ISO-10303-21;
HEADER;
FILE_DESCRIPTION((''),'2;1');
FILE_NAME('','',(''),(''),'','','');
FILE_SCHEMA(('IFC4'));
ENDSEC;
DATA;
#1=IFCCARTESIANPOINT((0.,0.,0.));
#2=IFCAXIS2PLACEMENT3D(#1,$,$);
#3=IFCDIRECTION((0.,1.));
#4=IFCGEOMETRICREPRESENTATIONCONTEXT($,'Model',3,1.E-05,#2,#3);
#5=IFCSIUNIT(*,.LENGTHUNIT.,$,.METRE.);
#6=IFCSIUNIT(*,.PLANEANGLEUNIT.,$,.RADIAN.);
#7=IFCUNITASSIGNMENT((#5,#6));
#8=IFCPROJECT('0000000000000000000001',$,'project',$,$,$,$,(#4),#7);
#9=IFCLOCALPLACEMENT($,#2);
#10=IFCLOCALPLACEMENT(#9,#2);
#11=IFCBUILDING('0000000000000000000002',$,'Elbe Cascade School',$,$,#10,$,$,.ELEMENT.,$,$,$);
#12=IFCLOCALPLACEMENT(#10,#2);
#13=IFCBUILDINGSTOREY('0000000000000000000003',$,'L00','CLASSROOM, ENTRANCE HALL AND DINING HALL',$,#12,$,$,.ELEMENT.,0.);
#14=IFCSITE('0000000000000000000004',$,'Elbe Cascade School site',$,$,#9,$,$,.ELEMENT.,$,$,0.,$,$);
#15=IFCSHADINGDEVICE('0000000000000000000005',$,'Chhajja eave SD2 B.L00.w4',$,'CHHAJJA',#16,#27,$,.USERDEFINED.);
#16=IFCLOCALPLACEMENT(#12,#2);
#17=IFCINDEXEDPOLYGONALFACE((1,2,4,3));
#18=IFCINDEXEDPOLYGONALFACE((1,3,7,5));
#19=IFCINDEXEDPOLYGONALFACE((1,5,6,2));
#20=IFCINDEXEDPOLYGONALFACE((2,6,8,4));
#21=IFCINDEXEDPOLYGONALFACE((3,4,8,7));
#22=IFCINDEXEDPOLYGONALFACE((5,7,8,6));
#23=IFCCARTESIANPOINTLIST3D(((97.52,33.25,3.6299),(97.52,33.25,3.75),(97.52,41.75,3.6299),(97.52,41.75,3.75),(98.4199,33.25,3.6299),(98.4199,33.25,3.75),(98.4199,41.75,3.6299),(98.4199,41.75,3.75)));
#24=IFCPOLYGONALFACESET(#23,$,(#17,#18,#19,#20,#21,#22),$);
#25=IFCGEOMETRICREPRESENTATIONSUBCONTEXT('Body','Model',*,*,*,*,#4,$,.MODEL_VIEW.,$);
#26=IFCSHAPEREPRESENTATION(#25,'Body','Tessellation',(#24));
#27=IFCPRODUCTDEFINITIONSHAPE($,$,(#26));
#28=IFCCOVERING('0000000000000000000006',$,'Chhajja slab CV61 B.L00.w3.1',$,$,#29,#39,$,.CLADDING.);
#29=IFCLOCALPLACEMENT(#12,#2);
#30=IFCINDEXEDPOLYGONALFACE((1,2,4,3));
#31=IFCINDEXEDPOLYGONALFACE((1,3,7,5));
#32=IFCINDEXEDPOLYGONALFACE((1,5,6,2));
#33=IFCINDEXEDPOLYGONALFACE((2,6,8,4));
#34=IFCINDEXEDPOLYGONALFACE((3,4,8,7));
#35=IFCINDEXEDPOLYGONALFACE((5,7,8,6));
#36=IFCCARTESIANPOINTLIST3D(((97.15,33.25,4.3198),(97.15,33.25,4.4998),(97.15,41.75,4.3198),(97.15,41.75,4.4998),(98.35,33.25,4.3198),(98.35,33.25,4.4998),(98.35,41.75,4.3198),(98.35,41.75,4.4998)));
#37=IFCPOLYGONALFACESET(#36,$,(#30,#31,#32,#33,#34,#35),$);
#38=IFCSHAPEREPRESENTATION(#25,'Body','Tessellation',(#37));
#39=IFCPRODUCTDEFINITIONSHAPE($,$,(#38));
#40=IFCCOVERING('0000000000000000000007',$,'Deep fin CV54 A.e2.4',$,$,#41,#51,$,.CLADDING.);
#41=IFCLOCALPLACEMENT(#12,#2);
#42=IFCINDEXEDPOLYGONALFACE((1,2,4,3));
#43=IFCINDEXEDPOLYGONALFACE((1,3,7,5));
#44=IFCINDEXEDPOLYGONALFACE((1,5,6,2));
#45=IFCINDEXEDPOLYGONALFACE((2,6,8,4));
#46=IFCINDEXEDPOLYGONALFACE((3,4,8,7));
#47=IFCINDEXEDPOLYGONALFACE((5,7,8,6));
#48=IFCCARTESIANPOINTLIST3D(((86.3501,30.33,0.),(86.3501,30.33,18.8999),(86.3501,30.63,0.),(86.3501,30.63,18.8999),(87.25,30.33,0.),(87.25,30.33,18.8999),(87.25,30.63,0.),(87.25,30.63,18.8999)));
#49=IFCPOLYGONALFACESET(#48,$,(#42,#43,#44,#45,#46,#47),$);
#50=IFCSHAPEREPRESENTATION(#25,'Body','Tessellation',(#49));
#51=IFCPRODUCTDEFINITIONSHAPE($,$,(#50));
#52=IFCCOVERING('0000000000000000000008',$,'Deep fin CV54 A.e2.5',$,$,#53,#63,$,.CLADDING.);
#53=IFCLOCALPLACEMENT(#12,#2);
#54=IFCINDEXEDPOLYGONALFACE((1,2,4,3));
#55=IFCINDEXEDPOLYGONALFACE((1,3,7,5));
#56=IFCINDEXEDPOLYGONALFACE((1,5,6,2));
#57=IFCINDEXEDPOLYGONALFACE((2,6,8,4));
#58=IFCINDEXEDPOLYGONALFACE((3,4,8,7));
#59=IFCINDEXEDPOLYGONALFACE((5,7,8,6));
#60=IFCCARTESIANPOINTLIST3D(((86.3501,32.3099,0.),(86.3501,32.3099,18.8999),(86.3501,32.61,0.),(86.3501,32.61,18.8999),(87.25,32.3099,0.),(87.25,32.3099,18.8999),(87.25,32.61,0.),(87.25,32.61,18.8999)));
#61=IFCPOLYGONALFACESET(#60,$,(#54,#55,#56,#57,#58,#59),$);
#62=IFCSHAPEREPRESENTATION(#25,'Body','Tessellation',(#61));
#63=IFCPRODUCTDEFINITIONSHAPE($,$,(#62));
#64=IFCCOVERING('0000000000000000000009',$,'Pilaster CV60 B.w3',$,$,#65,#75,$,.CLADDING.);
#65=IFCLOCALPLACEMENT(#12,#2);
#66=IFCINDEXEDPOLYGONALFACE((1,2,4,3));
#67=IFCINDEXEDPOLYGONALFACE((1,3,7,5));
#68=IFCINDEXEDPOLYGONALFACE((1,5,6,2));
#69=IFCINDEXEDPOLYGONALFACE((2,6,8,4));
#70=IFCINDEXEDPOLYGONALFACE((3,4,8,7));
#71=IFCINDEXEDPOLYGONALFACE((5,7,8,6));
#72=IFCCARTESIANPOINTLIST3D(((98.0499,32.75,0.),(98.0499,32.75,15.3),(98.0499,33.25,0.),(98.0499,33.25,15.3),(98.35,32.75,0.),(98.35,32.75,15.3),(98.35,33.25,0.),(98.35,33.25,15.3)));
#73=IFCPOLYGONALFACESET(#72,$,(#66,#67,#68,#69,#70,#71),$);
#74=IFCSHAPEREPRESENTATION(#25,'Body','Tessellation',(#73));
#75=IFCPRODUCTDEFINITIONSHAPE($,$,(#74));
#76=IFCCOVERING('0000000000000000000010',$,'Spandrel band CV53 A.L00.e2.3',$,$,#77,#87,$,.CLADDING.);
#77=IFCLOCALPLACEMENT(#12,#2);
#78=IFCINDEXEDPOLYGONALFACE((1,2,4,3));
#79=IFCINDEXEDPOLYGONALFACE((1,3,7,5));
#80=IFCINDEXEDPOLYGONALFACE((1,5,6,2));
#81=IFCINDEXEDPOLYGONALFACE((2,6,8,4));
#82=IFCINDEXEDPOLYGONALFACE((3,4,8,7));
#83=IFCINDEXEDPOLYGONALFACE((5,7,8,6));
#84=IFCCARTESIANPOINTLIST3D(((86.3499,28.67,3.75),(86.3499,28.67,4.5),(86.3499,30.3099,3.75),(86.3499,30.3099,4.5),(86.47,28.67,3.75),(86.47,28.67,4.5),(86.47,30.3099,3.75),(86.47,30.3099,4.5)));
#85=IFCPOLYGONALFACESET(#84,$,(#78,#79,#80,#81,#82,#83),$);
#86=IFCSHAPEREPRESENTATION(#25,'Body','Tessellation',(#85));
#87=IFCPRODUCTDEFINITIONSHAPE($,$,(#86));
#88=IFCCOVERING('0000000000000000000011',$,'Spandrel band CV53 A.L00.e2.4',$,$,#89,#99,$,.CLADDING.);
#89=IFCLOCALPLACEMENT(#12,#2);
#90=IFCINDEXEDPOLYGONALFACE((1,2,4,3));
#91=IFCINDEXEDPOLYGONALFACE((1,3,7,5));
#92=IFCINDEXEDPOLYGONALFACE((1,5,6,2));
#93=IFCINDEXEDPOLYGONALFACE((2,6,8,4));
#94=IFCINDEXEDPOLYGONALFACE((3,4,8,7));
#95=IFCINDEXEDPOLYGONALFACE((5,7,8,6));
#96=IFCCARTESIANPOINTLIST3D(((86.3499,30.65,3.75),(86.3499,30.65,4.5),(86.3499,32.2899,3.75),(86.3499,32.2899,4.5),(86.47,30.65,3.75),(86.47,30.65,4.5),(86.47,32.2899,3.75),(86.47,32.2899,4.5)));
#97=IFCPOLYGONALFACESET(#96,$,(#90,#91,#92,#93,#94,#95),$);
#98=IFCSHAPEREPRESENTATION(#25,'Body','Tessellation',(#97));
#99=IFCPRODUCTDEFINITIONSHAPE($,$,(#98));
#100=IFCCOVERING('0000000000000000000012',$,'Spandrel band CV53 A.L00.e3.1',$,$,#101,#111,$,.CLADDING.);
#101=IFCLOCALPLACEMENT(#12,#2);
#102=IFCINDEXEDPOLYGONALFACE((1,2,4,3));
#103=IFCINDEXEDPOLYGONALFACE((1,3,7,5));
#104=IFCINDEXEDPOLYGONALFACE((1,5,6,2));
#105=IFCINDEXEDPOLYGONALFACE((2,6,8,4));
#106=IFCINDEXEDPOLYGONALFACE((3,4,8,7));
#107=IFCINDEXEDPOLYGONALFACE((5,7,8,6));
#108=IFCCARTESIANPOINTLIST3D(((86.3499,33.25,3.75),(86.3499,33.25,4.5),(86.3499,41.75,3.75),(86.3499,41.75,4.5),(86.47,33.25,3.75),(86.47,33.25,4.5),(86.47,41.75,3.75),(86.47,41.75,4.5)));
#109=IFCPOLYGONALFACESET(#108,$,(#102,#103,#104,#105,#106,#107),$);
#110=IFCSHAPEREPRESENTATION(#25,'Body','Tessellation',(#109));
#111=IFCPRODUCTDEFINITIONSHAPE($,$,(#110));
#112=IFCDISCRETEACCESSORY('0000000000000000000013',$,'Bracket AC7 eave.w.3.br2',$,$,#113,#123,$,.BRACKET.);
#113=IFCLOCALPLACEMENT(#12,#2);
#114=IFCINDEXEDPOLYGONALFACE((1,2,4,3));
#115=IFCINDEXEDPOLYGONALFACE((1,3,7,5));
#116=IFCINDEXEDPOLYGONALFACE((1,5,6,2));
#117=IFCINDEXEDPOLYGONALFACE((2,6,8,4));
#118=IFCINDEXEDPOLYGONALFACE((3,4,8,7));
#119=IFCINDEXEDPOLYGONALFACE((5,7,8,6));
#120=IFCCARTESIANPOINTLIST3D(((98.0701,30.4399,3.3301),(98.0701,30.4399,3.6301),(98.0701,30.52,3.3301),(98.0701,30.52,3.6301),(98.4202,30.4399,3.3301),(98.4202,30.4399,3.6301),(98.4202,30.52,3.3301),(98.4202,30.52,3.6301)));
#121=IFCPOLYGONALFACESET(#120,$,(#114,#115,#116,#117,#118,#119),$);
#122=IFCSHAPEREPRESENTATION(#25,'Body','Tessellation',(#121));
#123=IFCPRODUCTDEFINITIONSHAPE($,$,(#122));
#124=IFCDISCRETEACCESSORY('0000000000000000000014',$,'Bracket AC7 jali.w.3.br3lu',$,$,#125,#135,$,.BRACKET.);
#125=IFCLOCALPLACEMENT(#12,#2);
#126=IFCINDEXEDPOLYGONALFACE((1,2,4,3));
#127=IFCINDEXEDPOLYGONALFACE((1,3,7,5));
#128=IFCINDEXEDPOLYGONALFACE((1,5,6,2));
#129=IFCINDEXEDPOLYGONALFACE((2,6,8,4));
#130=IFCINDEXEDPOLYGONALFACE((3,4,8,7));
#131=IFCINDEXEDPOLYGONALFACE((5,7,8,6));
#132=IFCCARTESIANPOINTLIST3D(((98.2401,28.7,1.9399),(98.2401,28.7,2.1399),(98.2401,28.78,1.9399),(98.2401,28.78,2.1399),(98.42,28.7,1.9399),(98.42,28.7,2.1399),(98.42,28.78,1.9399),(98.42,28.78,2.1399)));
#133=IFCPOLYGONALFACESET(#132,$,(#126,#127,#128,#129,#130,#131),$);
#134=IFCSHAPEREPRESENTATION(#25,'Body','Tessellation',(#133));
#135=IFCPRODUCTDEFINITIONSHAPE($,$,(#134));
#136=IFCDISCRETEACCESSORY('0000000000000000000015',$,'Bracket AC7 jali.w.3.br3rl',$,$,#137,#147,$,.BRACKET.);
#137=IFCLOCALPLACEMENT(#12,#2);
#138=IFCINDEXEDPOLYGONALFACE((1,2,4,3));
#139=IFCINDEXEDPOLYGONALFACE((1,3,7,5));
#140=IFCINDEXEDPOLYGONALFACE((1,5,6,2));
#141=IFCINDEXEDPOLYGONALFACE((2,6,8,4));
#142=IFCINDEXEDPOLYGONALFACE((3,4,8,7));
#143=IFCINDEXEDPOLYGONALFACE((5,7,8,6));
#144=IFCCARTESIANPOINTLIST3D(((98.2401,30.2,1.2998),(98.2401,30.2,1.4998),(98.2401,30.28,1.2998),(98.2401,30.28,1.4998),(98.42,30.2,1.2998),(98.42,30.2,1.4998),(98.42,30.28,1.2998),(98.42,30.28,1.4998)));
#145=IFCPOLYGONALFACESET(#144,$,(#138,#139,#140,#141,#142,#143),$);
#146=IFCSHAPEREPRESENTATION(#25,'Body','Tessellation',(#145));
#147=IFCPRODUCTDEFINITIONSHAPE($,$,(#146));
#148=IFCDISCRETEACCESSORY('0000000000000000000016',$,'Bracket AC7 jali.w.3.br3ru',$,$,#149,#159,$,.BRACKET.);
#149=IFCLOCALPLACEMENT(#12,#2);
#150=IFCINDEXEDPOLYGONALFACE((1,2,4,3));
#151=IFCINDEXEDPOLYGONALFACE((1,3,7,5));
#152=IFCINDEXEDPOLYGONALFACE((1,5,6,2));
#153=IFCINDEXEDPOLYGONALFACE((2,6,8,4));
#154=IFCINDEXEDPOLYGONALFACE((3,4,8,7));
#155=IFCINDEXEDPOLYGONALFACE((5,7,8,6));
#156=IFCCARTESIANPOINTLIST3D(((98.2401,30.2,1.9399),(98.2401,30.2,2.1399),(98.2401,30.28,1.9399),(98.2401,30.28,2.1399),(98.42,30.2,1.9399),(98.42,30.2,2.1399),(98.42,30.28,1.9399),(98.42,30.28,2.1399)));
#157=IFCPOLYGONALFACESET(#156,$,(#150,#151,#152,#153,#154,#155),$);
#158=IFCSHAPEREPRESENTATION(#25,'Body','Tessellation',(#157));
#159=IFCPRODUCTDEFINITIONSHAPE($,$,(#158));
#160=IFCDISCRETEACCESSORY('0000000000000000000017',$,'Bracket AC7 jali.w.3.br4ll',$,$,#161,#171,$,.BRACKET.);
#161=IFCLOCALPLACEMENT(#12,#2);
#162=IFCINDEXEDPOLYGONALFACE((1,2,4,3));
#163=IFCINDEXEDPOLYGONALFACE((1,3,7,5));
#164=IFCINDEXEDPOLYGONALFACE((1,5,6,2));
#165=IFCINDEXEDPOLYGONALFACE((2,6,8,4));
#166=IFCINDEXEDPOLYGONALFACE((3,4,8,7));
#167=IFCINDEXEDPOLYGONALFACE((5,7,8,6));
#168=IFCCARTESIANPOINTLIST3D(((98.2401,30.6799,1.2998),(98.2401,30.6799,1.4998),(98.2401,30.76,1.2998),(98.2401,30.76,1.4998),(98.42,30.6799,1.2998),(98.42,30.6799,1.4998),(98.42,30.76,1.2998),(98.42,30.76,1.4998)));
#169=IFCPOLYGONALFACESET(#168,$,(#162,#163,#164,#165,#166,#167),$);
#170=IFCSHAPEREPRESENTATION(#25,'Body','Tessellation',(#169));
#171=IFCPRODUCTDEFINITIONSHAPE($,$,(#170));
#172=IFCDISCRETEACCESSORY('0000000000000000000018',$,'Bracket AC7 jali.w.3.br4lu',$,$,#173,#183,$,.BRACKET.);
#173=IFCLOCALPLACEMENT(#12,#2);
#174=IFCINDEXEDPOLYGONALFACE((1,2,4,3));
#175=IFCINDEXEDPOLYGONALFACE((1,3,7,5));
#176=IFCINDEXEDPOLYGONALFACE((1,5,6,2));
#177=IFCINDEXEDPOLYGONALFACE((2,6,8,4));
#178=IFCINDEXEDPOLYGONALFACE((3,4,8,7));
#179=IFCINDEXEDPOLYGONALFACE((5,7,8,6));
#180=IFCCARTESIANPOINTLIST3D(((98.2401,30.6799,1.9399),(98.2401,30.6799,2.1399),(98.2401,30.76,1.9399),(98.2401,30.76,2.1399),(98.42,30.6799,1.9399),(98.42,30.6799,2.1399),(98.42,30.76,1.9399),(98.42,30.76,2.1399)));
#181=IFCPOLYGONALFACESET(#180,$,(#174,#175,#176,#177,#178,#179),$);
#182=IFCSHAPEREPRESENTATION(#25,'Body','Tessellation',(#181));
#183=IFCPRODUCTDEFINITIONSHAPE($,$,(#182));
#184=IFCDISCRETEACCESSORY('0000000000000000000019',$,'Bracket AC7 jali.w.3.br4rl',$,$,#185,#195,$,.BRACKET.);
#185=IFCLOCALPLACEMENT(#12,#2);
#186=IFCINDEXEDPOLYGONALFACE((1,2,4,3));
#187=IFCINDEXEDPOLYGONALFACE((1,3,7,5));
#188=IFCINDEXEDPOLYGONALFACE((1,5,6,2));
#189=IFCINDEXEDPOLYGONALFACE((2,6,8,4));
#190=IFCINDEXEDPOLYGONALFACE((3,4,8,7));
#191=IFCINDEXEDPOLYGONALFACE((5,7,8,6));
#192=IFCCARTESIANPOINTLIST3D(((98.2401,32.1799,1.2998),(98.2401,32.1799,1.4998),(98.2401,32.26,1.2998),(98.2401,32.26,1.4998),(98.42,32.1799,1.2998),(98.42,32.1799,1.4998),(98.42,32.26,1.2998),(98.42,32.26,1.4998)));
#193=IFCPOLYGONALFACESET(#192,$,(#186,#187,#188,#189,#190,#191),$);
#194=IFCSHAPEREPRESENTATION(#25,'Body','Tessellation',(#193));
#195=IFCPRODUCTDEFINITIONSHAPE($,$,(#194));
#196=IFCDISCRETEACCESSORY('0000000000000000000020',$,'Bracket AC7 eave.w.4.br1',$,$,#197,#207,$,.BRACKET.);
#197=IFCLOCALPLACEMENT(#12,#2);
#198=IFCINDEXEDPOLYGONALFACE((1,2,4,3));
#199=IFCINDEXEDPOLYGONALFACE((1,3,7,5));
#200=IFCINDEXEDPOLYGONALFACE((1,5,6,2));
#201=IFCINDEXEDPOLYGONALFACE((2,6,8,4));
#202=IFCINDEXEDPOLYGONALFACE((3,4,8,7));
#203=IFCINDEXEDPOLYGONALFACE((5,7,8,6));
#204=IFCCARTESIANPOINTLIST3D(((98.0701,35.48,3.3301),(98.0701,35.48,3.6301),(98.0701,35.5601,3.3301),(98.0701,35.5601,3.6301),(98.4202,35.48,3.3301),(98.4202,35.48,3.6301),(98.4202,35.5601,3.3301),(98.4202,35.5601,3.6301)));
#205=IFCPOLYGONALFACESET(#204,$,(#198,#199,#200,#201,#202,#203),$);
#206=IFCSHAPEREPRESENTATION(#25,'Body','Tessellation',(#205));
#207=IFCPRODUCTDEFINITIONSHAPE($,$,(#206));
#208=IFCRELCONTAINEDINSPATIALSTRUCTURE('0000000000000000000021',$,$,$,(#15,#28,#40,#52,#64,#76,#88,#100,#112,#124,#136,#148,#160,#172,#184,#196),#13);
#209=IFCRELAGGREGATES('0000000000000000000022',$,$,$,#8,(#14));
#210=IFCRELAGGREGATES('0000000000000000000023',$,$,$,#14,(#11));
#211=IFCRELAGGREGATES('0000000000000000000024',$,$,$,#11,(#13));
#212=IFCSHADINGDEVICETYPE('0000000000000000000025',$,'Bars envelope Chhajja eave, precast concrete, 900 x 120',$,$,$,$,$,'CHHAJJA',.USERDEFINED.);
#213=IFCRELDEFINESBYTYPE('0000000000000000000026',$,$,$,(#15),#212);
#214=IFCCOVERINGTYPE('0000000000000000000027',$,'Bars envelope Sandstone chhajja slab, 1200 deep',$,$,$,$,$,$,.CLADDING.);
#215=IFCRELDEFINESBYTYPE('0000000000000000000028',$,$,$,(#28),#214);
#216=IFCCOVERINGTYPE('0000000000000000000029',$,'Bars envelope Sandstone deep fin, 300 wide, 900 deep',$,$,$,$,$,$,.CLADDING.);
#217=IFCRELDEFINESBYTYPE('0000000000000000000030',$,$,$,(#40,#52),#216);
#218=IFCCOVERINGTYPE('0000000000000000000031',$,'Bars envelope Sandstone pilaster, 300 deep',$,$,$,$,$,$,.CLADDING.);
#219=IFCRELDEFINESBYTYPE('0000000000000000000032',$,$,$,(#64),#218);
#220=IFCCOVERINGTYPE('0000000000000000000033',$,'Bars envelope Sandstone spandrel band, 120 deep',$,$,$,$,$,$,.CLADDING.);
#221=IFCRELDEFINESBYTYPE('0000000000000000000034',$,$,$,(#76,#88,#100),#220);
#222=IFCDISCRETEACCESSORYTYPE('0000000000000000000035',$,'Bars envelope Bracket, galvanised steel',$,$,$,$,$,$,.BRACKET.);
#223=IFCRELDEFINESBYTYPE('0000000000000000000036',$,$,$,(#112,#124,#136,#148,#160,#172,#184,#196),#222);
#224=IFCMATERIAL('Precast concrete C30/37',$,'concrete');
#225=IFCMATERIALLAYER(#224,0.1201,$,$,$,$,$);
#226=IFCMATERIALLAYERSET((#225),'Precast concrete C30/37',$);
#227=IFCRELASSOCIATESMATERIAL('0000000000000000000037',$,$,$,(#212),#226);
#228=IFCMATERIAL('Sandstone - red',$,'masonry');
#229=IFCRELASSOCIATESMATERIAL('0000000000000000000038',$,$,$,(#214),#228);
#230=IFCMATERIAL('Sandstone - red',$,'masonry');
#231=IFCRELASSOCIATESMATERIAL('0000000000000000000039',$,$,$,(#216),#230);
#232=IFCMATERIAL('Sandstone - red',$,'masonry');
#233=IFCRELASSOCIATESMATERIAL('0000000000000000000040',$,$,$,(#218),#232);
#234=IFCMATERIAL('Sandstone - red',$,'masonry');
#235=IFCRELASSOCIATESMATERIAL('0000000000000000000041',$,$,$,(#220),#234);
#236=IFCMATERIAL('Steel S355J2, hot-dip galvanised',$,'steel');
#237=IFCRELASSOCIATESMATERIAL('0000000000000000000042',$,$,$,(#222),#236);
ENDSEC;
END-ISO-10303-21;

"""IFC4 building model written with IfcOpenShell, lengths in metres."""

from ifc_helpers import new_model, si_unit, direction, frame, origin, origin_2d, place, context, subcontext, project, spatial, rectangle, extrude, material, layer, layer_set, type_object, element, save


model = new_model("IFC4")

# Units and contexts
model_context = context("Model", 3, precision=1e-05, world=origin(), true_north=direction((0.0, 1.0)))
body_context = subcontext(model_context, "Body", "Model", "MODEL_VIEW")
ifc_project = project(units=[si_unit("LENGTHUNIT", "METRE"), si_unit("PLANEANGLEUNIT", "RADIAN")], contexts=[model_context])

# Site, building, storey
site_placement = place(None, origin())
site = spatial("IfcSite", under=ifc_project, at=site_placement, Name="Elbe Cascade School site", CompositionType="ELEMENT", RefElevation=0.0)
building_placement = place(site_placement, origin())
building = spatial("IfcBuilding", under=site, at=building_placement, Name="Elbe Cascade School", CompositionType="ELEMENT")
storey_placement = place(building_placement, origin())
storey = spatial("IfcBuildingStorey", under=building, at=storey_placement, Name="L00", Description="CLASSROOM, ENTRANCE HALL AND DINING HALL", CompositionType="ELEMENT", Elevation=0.0)

# Shading device
ifc_material_1 = material(Name="Precast concrete C30/37", Category="concrete")
ifc_layer_1 = layer(ifc_material_1, 0.1201)
ifc_layer_set_1 = layer_set([ifc_layer_1], Name="Precast concrete C30/37")
shading_device_type_1 = type_object("IfcShadingDeviceType", Name="Bars envelope Chhajja eave, precast concrete, 900 x 120", ElementType="CHHAJJA", PredefinedType="USERDEFINED", material=ifc_layer_set_1)
shading_device_1_placement = place(storey_placement, frame((97.97, 37.5, 3.6299), z_axis=(0.0, 0.0, 1.0), x_axis=(0.0, 1.0, 0.0)))
element("IfcShadingDevice", 1, at=shading_device_1_placement, inside=storey, type_object=shading_device_type_1, Name="Chhajja eave SD2 B.L00.w4", ObjectType="CHHAJJA", PredefinedType="USERDEFINED", context=body_context, shape_type="SweptSolid", body=[
    extrude(rectangle(XDim=8.5, YDim=0.8999, at=origin_2d()), origin(), (0.0, 0.0, 1.0), 0.1201),
])

# Coverings
ifc_material_2 = material(Name="Sandstone - red", Category="masonry")
covering_type_1 = type_object("IfcCoveringType", Name="Bars envelope Sandstone chhajja slab, 1200 deep", PredefinedType="CLADDING", material=ifc_material_2)
covering_1_placement = place(storey_placement, frame((97.75, 37.5, 4.3198), z_axis=(0.0, 0.0, 1.0), x_axis=(0.0, 1.0, 0.0)))
element("IfcCovering", 2, at=covering_1_placement, inside=storey, type_object=covering_type_1, Name="Chhajja slab CV61 B.L00.w3.1", PredefinedType="CLADDING", context=body_context, shape_type="SweptSolid", body=[
    extrude(rectangle(XDim=8.5, YDim=1.2, at=origin_2d()), origin(), (0.0, 0.0, 1.0), 0.1799),
])
ifc_material_3 = material(Name="Sandstone - red", Category="masonry")
covering_type_2 = type_object("IfcCoveringType", Name="Bars envelope Sandstone deep fin, 300 wide, 900 deep", PredefinedType="CLADDING", material=ifc_material_3)
for number, where, z_axis, x_axis, name in (
    (3, (86.8, 30.48, 0.0), (0.0, 0.0, 1.0), (0.0, 1.0, 0.0), "Deep fin CV54 A.e2.4"),
    (4, (86.8, 32.46, 0.0), (0.0, 0.0, 1.0), (0.0, 1.0, 0.0), "Deep fin CV54 A.e2.5"),
):
    element("IfcCovering", number, at=place(storey_placement, frame(where, z_axis=z_axis, x_axis=x_axis)), inside=storey, type_object=covering_type_2, Name=name, PredefinedType="CLADDING", context=body_context, shape_type="SweptSolid", body=[
        extrude(rectangle(XDim=0.3, YDim=0.8999, at=origin_2d()), origin(), (0.0, 0.0, 1.0), 18.8999),
    ])
ifc_material_4 = material(Name="Sandstone - red", Category="masonry")
covering_type_3 = type_object("IfcCoveringType", Name="Bars envelope Sandstone pilaster, 300 deep", PredefinedType="CLADDING", material=ifc_material_4)
covering_2_placement = place(storey_placement, frame((98.2, 33.0, 0.0), z_axis=(0.0, 0.0, 1.0), x_axis=(0.0, 1.0, 0.0)))
element("IfcCovering", 5, at=covering_2_placement, inside=storey, type_object=covering_type_3, Name="Pilaster CV60 B.w3", PredefinedType="CLADDING", context=body_context, shape_type="SweptSolid", body=[
    extrude(rectangle(XDim=0.5, YDim=0.3, at=origin_2d()), origin(), (0.0, 0.0, 1.0), 15.3),
])
ifc_material_5 = material(Name="Sandstone - red", Category="masonry")
covering_type_4 = type_object("IfcCoveringType", Name="Bars envelope Sandstone spandrel band, 120 deep", PredefinedType="CLADDING", material=ifc_material_5)
for number, where, z_axis, x_axis, name in (
    (6, (86.4099, 29.49, 3.75), (0.0, 0.0, 1.0), (0.0, 1.0, 0.0), "Spandrel band CV53 A.L00.e2.3"),
    (7, (86.4099, 31.47, 3.75), (0.0, 0.0, 1.0), (0.0, 1.0, 0.0), "Spandrel band CV53 A.L00.e2.4"),
):
    element("IfcCovering", number, at=place(storey_placement, frame(where, z_axis=z_axis, x_axis=x_axis)), inside=storey, type_object=covering_type_4, Name=name, PredefinedType="CLADDING", context=body_context, shape_type="SweptSolid", body=[
        extrude(rectangle(XDim=1.6399, YDim=0.1201, at=origin_2d()), origin(), (0.0, 0.0, 1.0), 0.75),
    ])
covering_3_placement = place(storey_placement, frame((86.4099, 37.5, 3.75), z_axis=(0.0, 0.0, 1.0), x_axis=(0.0, 1.0, 0.0)))
element("IfcCovering", 8, at=covering_3_placement, inside=storey, type_object=covering_type_4, Name="Spandrel band CV53 A.L00.e3.1", PredefinedType="CLADDING", context=body_context, shape_type="SweptSolid", body=[
    extrude(rectangle(XDim=8.5, YDim=0.1201, at=origin_2d()), origin(), (0.0, 0.0, 1.0), 0.75),
])

# Discrete accessories
ifc_material_6 = material(Name="Steel S355J2, hot-dip galvanised", Category="steel")
discrete_accessory_type = type_object("IfcDiscreteAccessoryType", Name="Bars envelope Bracket, galvanised steel", PredefinedType="BRACKET", material=ifc_material_6)
discrete_accessory_placement = place(storey_placement, frame((98.2451, 30.48, 3.3301), z_axis=(0.0, 0.0, 1.0), x_axis=(0.0, 1.0, 0.0)))
element("IfcDiscreteAccessory", 9, at=discrete_accessory_placement, inside=storey, type_object=discrete_accessory_type, Name="Bracket AC7 eave.w.3.br2", PredefinedType="BRACKET", context=body_context, shape_type="SweptSolid", body=[
    extrude(rectangle(XDim=0.0801, YDim=0.3501, at=origin_2d()), origin(), (0.0, 0.0, 1.0), 0.3),
])
for number, where, z_axis, x_axis, name in (
    (10, (98.3301, 28.74, 1.9399), (0.0, 0.0, 1.0), (0.0, 1.0, 0.0), "Bracket AC7 jali.w.3.br3lu"),
    (11, (98.3301, 30.24, 1.2998), (0.0, 0.0, 1.0), (0.0, 1.0, 0.0), "Bracket AC7 jali.w.3.br3rl"),
    (12, (98.3301, 30.24, 1.9399), (0.0, 0.0, 1.0), (0.0, 1.0, 0.0), "Bracket AC7 jali.w.3.br3ru"),
    (13, (98.3301, 30.72, 1.2998), (0.0, 0.0, 1.0), (0.0, 1.0, 0.0), "Bracket AC7 jali.w.3.br4ll"),
    (14, (98.3301, 30.72, 1.9399), (0.0, 0.0, 1.0), (0.0, 1.0, 0.0), "Bracket AC7 jali.w.3.br4lu"),
    (15, (98.3301, 32.22, 1.2998), (0.0, 0.0, 1.0), (0.0, 1.0, 0.0), "Bracket AC7 jali.w.3.br4rl"),
):
    element("IfcDiscreteAccessory", number, at=place(storey_placement, frame(where, z_axis=z_axis, x_axis=x_axis)), inside=storey, type_object=discrete_accessory_type, Name=name, PredefinedType="BRACKET", context=body_context, shape_type="SweptSolid", body=[
        extrude(rectangle(XDim=0.0801, YDim=0.1799, at=origin_2d()), origin(), (0.0, 0.0, 1.0), 0.2),
    ])
for number, where, z_axis, x_axis, name in (
    (16, (98.2451, 35.52, 3.3301), (0.0, 0.0, 1.0), (0.0, 1.0, 0.0), "Bracket AC7 eave.w.4.br1"),
):
    element("IfcDiscreteAccessory", number, at=place(storey_placement, frame(where, z_axis=z_axis, x_axis=x_axis)), inside=storey, type_object=discrete_accessory_type, Name=name, PredefinedType="BRACKET", context=body_context, shape_type="SweptSolid", body=[
        extrude(rectangle(XDim=0.0801, YDim=0.3501, at=origin_2d()), origin(), (0.0, 0.0, 1.0), 0.3),
    ])

save(model, "model.ifc")
